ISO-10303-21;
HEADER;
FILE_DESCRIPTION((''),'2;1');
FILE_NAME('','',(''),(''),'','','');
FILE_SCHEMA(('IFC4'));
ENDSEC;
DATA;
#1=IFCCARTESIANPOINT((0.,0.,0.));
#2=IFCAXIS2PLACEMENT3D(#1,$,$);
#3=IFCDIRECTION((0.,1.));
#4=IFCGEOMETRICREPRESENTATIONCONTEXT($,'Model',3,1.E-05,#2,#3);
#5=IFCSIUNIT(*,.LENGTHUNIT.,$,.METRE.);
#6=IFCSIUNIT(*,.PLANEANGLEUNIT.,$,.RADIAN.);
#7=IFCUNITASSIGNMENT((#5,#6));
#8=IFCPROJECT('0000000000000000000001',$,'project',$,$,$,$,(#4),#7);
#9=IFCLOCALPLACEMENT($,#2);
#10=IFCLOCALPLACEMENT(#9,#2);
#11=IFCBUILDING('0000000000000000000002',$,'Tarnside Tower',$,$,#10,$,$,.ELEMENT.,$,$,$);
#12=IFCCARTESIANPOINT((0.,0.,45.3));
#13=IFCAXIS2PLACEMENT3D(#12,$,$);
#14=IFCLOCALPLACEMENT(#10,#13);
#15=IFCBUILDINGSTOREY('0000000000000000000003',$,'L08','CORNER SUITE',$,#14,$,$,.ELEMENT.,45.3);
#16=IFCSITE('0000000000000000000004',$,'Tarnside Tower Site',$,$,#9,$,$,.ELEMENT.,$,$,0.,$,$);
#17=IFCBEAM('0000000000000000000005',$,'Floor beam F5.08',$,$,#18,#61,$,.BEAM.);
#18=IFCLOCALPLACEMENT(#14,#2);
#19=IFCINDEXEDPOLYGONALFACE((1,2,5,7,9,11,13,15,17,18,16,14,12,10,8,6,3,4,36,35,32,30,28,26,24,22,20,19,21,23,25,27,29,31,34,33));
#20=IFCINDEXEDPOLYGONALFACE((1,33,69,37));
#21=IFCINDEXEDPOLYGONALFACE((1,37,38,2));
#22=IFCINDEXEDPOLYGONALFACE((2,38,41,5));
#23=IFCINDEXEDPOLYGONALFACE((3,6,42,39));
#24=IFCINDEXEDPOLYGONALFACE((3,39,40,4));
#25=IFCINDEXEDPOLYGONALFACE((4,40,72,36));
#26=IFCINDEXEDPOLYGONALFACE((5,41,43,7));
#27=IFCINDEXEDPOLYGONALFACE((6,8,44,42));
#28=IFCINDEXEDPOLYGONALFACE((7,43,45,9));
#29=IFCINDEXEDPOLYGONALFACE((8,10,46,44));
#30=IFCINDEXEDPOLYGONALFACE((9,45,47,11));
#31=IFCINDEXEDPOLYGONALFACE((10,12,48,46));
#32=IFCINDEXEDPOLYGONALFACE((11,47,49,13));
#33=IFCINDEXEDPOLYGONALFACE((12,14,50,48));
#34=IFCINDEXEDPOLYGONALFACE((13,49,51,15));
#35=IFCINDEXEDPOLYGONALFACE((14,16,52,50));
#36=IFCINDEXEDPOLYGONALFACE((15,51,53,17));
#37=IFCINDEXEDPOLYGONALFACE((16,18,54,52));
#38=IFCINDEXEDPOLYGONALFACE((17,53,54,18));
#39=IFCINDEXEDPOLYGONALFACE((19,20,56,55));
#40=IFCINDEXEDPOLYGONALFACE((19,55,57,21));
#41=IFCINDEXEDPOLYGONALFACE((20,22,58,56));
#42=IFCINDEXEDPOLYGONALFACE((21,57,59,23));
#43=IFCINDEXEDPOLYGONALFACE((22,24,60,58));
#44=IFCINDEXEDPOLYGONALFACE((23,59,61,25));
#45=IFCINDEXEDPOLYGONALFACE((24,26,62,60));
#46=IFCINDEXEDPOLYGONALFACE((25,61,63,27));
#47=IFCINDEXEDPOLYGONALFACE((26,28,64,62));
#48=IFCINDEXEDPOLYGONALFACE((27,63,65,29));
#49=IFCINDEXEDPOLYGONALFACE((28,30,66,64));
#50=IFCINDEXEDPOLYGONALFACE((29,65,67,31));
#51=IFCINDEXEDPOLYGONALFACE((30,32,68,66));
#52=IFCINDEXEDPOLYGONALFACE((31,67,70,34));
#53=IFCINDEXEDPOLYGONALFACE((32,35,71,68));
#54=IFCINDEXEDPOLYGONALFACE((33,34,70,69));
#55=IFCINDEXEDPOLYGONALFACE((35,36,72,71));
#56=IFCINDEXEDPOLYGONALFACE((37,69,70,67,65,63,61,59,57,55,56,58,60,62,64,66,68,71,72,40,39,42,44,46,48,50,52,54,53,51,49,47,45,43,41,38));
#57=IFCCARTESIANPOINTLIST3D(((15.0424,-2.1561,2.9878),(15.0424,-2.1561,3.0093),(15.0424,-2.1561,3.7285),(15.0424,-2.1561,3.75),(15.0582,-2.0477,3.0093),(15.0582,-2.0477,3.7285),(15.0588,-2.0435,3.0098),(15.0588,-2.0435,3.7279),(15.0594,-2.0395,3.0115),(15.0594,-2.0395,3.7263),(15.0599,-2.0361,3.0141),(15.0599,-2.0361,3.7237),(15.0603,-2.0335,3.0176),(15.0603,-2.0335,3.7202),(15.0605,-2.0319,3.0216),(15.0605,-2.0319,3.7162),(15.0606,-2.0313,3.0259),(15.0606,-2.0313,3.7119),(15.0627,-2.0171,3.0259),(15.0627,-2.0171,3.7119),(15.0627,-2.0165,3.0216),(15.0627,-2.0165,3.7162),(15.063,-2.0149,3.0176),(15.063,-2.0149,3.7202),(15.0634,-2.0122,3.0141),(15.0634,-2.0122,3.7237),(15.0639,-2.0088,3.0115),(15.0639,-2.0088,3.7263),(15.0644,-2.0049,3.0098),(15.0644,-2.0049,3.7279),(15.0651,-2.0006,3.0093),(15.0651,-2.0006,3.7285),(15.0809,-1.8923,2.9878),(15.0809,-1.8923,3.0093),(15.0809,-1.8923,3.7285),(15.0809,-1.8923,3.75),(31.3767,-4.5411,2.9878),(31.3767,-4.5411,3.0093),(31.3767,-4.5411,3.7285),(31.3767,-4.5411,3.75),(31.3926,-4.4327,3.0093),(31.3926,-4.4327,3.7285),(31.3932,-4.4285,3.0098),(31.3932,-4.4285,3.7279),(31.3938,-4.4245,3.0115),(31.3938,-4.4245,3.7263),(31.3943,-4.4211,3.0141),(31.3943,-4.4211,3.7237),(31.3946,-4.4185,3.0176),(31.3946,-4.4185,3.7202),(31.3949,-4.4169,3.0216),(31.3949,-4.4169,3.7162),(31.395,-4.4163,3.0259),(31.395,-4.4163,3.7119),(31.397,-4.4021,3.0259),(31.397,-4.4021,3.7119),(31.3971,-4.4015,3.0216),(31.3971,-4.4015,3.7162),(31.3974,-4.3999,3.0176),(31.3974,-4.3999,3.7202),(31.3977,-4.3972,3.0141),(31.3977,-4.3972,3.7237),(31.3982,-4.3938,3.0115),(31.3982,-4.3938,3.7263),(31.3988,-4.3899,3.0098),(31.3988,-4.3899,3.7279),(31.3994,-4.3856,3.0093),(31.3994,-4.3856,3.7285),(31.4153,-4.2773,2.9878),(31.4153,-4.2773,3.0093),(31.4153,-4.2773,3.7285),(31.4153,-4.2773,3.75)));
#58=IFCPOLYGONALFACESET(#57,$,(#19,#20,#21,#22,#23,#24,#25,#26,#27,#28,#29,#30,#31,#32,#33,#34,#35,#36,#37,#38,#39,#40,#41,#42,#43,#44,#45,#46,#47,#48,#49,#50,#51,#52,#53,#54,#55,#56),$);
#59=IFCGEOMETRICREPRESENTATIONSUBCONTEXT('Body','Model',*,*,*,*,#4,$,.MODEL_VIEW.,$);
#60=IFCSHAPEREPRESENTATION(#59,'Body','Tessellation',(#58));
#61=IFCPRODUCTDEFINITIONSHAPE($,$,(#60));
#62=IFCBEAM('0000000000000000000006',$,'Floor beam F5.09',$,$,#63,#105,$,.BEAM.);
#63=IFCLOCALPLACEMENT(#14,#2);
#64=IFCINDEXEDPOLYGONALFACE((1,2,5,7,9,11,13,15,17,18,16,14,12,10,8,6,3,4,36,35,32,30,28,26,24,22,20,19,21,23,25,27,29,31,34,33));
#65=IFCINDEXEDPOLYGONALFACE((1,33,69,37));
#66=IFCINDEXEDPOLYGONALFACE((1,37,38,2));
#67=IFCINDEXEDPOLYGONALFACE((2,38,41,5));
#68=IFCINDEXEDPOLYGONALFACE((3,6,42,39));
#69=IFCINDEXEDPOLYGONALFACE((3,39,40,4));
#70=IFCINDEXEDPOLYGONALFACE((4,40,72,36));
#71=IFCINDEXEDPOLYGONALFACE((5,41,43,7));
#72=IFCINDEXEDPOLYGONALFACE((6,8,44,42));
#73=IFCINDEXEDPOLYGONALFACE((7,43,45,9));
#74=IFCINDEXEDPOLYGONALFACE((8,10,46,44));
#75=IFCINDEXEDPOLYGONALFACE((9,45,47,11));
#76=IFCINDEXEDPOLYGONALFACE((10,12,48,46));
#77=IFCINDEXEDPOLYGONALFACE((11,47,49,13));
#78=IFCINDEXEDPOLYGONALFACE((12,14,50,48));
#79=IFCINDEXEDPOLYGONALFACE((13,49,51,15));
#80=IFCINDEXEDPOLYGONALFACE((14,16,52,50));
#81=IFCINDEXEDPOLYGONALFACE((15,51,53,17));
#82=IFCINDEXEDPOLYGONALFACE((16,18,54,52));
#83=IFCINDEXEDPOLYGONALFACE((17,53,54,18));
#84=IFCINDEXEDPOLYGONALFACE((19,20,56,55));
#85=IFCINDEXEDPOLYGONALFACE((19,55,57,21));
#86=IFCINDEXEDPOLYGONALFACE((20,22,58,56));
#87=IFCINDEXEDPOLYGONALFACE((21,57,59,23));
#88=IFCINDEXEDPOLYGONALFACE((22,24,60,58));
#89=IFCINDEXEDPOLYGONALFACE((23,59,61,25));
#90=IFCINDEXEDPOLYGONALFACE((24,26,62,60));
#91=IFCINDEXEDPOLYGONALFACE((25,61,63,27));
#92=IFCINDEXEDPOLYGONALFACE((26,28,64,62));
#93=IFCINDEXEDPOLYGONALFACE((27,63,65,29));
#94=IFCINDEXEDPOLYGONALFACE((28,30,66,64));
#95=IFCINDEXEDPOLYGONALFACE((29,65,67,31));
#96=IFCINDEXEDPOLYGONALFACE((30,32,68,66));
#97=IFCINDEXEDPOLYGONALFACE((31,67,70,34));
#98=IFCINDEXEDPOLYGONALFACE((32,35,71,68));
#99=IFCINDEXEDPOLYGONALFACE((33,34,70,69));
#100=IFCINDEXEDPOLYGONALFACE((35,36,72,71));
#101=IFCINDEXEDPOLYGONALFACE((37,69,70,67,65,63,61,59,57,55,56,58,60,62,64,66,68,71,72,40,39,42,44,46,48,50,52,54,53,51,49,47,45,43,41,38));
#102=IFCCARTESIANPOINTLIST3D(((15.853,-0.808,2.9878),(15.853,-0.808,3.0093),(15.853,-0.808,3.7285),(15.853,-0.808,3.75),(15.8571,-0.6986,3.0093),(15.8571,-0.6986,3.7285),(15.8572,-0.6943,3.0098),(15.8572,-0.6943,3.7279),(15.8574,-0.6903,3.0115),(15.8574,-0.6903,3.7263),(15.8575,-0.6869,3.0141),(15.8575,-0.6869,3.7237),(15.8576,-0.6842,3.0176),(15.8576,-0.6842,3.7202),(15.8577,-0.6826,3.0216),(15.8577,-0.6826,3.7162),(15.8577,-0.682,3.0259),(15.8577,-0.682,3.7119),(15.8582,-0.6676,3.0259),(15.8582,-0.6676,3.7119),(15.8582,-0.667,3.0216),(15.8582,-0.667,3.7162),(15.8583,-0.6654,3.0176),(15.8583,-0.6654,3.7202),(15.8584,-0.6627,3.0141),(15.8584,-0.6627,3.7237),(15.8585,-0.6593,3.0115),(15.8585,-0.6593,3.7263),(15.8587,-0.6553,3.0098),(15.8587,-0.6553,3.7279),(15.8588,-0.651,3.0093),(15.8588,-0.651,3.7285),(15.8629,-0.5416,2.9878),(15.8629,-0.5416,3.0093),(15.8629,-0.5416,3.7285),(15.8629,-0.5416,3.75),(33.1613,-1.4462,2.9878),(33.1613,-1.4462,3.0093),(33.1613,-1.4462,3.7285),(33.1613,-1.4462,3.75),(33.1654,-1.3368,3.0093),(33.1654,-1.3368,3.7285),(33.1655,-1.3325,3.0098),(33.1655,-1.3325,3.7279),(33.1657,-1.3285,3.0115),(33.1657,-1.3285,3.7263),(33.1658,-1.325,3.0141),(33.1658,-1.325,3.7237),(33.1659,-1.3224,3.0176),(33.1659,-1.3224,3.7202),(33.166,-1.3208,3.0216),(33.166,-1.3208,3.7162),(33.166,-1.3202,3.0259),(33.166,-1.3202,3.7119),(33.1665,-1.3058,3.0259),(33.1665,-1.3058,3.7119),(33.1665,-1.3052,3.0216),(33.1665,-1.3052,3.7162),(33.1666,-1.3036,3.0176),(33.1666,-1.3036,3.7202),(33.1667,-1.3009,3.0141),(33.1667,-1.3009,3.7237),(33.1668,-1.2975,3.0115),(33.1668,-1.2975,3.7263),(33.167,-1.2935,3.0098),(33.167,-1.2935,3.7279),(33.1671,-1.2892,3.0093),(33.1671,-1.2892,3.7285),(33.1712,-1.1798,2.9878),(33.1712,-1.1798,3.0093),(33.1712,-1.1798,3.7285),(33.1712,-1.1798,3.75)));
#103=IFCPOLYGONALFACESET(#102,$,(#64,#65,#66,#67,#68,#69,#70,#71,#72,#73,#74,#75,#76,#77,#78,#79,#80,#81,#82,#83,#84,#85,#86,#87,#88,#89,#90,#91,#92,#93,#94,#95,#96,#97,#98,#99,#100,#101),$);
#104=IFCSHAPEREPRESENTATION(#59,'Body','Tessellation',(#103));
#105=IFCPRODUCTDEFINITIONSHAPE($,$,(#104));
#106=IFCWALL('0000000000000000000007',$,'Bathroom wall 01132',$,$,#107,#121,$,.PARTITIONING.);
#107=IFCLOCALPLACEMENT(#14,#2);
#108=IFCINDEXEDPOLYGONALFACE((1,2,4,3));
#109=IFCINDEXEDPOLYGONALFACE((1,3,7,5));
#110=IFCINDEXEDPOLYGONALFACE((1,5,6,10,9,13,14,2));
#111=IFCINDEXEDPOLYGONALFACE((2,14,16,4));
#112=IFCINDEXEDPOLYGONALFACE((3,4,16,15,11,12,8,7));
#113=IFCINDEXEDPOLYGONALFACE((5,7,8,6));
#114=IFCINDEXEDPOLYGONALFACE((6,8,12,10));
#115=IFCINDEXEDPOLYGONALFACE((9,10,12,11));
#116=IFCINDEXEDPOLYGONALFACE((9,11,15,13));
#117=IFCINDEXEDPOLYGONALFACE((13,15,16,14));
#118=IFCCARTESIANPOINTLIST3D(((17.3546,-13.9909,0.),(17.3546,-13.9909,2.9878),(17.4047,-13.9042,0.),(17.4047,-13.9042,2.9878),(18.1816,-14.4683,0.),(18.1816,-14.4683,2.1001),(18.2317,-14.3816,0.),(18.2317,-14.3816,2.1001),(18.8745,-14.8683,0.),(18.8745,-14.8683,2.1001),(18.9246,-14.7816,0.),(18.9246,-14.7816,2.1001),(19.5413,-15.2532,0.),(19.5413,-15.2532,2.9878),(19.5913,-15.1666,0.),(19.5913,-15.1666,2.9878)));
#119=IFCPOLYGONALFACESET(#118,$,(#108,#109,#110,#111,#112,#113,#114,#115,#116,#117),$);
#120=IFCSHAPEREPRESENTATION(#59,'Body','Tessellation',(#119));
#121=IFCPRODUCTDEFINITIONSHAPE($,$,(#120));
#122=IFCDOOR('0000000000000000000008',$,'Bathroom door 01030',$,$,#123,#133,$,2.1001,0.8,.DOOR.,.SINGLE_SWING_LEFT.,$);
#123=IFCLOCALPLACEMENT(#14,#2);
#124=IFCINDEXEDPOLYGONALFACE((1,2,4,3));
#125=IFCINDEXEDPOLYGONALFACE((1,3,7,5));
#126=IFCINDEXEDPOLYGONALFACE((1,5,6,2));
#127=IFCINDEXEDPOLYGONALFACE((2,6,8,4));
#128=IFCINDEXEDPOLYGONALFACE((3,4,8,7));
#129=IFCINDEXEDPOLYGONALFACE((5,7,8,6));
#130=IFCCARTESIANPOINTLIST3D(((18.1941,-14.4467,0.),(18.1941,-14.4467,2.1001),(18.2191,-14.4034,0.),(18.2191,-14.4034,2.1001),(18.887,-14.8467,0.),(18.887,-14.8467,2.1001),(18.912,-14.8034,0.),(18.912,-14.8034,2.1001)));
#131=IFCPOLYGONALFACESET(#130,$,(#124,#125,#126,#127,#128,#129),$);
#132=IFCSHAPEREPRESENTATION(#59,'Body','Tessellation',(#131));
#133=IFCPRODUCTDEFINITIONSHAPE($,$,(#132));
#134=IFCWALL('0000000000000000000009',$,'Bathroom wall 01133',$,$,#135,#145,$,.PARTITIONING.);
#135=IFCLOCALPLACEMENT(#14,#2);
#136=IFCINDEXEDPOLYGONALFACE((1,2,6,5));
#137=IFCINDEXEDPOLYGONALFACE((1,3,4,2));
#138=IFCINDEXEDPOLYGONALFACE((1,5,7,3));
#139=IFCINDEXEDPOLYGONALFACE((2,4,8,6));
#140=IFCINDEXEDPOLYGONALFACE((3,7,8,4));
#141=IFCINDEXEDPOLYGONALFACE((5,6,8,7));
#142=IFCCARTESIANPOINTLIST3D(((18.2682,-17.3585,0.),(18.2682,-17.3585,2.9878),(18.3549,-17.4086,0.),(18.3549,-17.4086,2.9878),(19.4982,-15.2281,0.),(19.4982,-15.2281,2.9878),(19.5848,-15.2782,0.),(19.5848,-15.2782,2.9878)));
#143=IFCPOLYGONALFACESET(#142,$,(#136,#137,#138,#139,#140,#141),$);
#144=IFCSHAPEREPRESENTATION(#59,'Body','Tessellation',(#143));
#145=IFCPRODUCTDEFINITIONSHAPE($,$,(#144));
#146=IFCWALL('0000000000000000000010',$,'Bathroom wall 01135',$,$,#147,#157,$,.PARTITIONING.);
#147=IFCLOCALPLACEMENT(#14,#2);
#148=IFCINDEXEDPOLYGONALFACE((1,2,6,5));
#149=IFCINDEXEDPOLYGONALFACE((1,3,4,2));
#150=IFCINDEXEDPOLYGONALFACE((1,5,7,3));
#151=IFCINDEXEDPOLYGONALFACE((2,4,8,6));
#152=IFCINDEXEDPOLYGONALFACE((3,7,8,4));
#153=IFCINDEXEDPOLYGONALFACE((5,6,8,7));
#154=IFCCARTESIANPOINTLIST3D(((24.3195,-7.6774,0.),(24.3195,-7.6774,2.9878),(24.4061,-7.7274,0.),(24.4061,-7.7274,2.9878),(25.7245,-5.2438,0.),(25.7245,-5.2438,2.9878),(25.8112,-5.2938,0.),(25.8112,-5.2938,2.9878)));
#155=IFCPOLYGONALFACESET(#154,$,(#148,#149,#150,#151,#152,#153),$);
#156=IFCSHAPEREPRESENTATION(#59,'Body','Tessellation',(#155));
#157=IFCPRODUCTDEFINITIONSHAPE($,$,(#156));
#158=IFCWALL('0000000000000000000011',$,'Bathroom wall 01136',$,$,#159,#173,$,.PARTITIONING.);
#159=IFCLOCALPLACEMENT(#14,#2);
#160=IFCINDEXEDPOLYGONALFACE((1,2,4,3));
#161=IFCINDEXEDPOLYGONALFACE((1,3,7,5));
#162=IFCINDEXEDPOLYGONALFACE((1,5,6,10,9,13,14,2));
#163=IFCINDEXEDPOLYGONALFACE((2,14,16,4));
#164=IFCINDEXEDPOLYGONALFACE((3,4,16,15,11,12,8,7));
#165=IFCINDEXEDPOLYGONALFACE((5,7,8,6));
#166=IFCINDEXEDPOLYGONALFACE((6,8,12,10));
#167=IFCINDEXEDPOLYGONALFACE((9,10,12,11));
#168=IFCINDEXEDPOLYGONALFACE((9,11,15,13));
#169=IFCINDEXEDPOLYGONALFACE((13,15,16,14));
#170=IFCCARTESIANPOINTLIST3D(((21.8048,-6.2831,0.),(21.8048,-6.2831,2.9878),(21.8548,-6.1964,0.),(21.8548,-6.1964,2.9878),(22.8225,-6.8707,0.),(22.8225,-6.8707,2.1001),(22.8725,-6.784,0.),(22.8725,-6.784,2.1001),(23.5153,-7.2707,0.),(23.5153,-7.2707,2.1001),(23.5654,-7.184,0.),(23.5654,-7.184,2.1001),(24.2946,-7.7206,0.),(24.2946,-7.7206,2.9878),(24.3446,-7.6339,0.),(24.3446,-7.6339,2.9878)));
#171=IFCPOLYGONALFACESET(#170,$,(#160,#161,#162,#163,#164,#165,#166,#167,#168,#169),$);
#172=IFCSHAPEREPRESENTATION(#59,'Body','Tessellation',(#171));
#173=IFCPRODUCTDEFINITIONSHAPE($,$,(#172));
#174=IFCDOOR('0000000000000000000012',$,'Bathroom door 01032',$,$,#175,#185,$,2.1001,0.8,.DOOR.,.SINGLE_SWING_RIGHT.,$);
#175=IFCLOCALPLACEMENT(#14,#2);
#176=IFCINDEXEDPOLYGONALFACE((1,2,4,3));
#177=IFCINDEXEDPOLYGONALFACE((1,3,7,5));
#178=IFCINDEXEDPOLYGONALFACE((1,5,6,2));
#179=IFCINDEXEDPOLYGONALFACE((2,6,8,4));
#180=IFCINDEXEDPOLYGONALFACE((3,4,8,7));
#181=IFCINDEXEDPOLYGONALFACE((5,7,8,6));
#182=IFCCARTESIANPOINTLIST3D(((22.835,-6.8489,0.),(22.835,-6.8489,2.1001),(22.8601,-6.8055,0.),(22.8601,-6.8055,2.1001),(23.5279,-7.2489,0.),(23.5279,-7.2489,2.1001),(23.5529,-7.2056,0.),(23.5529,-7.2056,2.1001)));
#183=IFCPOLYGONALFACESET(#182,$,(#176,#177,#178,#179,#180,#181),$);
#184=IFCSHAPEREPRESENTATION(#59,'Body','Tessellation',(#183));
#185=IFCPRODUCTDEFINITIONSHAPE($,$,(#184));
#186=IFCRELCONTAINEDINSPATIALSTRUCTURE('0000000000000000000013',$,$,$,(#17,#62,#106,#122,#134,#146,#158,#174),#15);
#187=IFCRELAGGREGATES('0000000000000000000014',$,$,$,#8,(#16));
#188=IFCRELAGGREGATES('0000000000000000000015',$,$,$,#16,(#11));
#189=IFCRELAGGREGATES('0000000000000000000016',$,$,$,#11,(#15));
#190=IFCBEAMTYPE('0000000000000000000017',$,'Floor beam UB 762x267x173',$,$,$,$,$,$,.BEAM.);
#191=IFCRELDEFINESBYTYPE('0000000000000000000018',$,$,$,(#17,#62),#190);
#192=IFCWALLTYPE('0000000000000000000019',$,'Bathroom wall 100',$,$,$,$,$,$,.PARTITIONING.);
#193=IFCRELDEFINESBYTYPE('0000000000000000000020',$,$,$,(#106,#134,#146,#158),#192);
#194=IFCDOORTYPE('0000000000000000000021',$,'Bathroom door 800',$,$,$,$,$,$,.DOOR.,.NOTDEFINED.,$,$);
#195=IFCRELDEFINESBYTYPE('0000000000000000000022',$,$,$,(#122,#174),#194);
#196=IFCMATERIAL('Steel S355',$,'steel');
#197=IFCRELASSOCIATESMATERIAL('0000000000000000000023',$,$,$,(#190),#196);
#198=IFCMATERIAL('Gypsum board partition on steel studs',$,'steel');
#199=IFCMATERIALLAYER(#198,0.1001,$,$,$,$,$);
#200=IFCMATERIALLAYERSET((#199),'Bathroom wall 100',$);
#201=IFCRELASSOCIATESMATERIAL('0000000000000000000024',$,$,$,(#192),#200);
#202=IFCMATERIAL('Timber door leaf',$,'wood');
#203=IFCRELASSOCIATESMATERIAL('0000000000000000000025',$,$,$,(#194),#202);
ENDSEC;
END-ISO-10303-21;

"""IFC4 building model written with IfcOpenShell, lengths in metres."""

from ifc_helpers import new_model, si_unit, direction, frame, frame_2d, origin, origin_2d, place, context, subcontext, project, spatial, rectangle, i_section, extrude, material, layer, layer_set, material_profile, profile_set, type_object, element, fill, save


model = new_model("IFC4")

# Units and contexts
model_context = context("Model", 3, precision=1e-05, world=origin(), true_north=direction((0.0, 1.0)))
body_context = subcontext(model_context, "Body", "Model", "MODEL_VIEW")
ifc_project = project(units=[si_unit("LENGTHUNIT", "METRE"), si_unit("PLANEANGLEUNIT", "RADIAN")], contexts=[model_context])

# Site, building, storey
site_placement = place(None, origin())
site = spatial("IfcSite", under=ifc_project, at=site_placement, Name="Tarnside Tower Site", CompositionType="ELEMENT", RefElevation=0.0)
building_placement = place(site_placement, origin())
building = spatial("IfcBuilding", under=site, at=building_placement, Name="Tarnside Tower", CompositionType="ELEMENT")
storey_placement = place(building_placement, frame((0.0, 0.0, 45.3)))
storey = spatial("IfcBuildingStorey", under=building, at=storey_placement, Name="L08", Description="CORNER SUITE", CompositionType="ELEMENT", Elevation=45.3)

# Beams
ifc_material_1 = material(Name="Steel S355", Category="steel")
ifc_material_profile_1 = material_profile(ifc_material_1, i_section(OverallWidth=0.2666, OverallDepth=0.7622, WebThickness=0.0144, FlangeThickness=0.0215, FilletRadius=0.0166, at=origin_2d()), Name="UB 762x267x173")
ifc_profile_set_1 = profile_set([ifc_material_profile_1], Name="Steel S355")
beam_type_1 = type_object("IfcBeamType", Name="Floor beam UB 762x267x173", PredefinedType="BEAM", material=ifc_profile_set_1)
beam_1_placement = place(storey_placement, frame((31.396, -4.4092, 3.3689), z_axis=(-0.989508, 0.144479, 0.0), x_axis=(-0.144479, -0.989508, 0.0)))
element("IfcBeam", 1, at=beam_1_placement, inside=storey, type_object=beam_type_1, Name="Floor beam F5.08", PredefinedType="BEAM", context=body_context, shape_type="SweptSolid", body=[
    extrude(i_section(OverallWidth=0.2666, OverallDepth=0.7622, WebThickness=0.0144, FlangeThickness=0.0215, FilletRadius=0.0166, at=origin_2d()), origin(), (0.0, 0.0, 1.0), 16.5076),
])
beam_2_placement = place(storey_placement, frame((33.1663, -1.313, 3.3689), z_axis=(-0.999321, 0.036846, 0.0), x_axis=(-0.036846, -0.999321, 0.0)))
element("IfcBeam", 2, at=beam_2_placement, inside=storey, type_object=beam_type_1, Name="Floor beam F5.09", PredefinedType="BEAM", context=body_context, shape_type="SweptSolid", body=[
    extrude(i_section(OverallWidth=0.2666, OverallDepth=0.7622, WebThickness=0.0144, FlangeThickness=0.0215, FilletRadius=0.0166, at=origin_2d()), origin(), (0.0, 0.0, 1.0), 17.3201),
])

# Wall, opening, door
ifc_material_2 = material(Name="Gypsum board partition on steel studs", Category="steel")
ifc_layer_1 = layer(ifc_material_2, 0.1001)
ifc_layer_set_1 = layer_set([ifc_layer_1], Name="Bathroom wall 100")
wall_type_1 = type_object("IfcWallType", Name="Bathroom wall 100", PredefinedType="PARTITIONING", material=ifc_layer_set_1)
wall_1_placement = place(storey_placement, frame((17.3796, -13.9475, 0.0), z_axis=(0.0, 0.0, 1.0), x_axis=(0.866039, -0.499976, 0.0)))
wall_1 = element("IfcWall", 3, at=wall_1_placement, inside=storey, type_object=wall_type_1, Name="Bathroom wall 01132", PredefinedType="PARTITIONING", context=body_context, shape_type="SweptSolid", body=[
    extrude(rectangle(XDim=2.5249, YDim=0.1001, at=frame_2d((1.2625, 0.0))), origin(), (0.0, 0.0, 1.0), 2.9878),
])
opening_1_placement = place(wall_1_placement, frame((0.9551, 0.0, 0.0)))
opening_1 = element("IfcOpeningElement", 4, at=opening_1_placement, cuts=wall_1, PredefinedType="OPENING", context=body_context, shape_type="SweptSolid", body=[
    extrude(rectangle(XDim=0.8, YDim=2.1001, at=frame_2d((0.3999, 1.05))), frame((0.0, 0.0601, 0.0), z_axis=(0.0, -1.0, 0.0), x_axis=(1.0, 0.0, 0.0)), (0.0, 0.0, 1.0), 0.1201),
])
ifc_material_3 = material(Name="Timber door leaf", Category="wood")
door_type_1 = type_object("IfcDoorType", Name="Bathroom door 800", OperationType="NOTDEFINED", PredefinedType="DOOR", material=ifc_material_3)
door_1_placement = place(opening_1_placement, origin())
door_1 = element("IfcDoor", 5, at=door_1_placement, inside=storey, type_object=door_type_1, Name="Bathroom door 01030", OperationType="SINGLE_SWING_LEFT", OverallHeight=2.1001, OverallWidth=0.8, PredefinedType="DOOR", context=body_context, shape_type="SweptSolid", body=[
    extrude(rectangle(XDim=0.8, YDim=2.1001, at=frame_2d((0.3999, 1.05))), frame((0.0, 0.0249, 0.0), z_axis=(0.0, -1.0, 0.0), x_axis=(1.0, 0.0, 0.0)), (0.0, 0.0, 1.0), 0.05),
])
fill(opening_1, door_1)

# Walls
wall_2_placement = place(storey_placement, frame((19.5415, -15.2532, 0.0), z_axis=(0.0, 0.0, 1.0), x_axis=(-0.500003, -0.866024, 0.0)))
element("IfcWall", 6, at=wall_2_placement, inside=storey, type_object=wall_type_1, Name="Bathroom wall 01133", PredefinedType="PARTITIONING", context=body_context, shape_type="SweptSolid", body=[
    extrude(rectangle(XDim=2.46, YDim=0.1001, at=frame_2d((1.23, 0.0))), origin(), (0.0, 0.0, 1.0), 2.9878),
])
wall_3_placement = place(storey_placement, frame((25.7678, -5.2688, 0.0), z_axis=(0.0, 0.0, 1.0), x_axis=(-0.499998, -0.866026, 0.0)))
element("IfcWall", 7, at=wall_3_placement, inside=storey, type_object=wall_type_1, Name="Bathroom wall 01135", PredefinedType="PARTITIONING", context=body_context, shape_type="SweptSolid", body=[
    extrude(rectangle(XDim=2.8101, YDim=0.1001, at=frame_2d((1.405, 0.0))), origin(), (0.0, 0.0, 1.0), 2.9878),
])

# Wall, opening, door
wall_4_placement = place(storey_placement, frame((24.3196, -7.6772, 0.0), z_axis=(0.0, 0.0, 1.0), x_axis=(-0.866019, 0.500012, 0.0)))
wall_4 = element("IfcWall", 8, at=wall_4_placement, inside=storey, type_object=wall_type_1, Name="Bathroom wall 01136", PredefinedType="PARTITIONING", context=body_context, shape_type="SweptSolid", body=[
    extrude(rectangle(XDim=2.875, YDim=0.1001, at=frame_2d((1.4375, 0.0))), origin(), (0.0, 0.0, 1.0), 2.9878),
])
opening_2_placement = place(wall_4_placement, frame((0.8999, 0.0, 0.0)))
opening_2 = element("IfcOpeningElement", 9, at=opening_2_placement, cuts=wall_4, PredefinedType="OPENING", context=body_context, shape_type="SweptSolid", body=[
    extrude(rectangle(XDim=0.8, YDim=2.1001, at=frame_2d((0.3999, 1.05))), frame((0.0, 0.0601, 0.0), z_axis=(0.0, -1.0, 0.0), x_axis=(1.0, 0.0, 0.0)), (0.0, 0.0, 1.0), 0.1201),
])
door_2_placement = place(opening_2_placement, origin())
door_2 = element("IfcDoor", 10, at=door_2_placement, inside=storey, type_object=door_type_1, Name="Bathroom door 01032", OperationType="SINGLE_SWING_RIGHT", OverallHeight=2.1001, OverallWidth=0.8, PredefinedType="DOOR", context=body_context, shape_type="SweptSolid", body=[
    extrude(rectangle(XDim=0.8, YDim=2.1001, at=frame_2d((0.3999, 1.05))), frame((0.0, 0.0249, 0.0), z_axis=(0.0, -1.0, 0.0), x_axis=(1.0, 0.0, 0.0)), (0.0, 0.0, 1.0), 0.05),
])
fill(opening_2, door_2)

save(model, "model.ifc")
